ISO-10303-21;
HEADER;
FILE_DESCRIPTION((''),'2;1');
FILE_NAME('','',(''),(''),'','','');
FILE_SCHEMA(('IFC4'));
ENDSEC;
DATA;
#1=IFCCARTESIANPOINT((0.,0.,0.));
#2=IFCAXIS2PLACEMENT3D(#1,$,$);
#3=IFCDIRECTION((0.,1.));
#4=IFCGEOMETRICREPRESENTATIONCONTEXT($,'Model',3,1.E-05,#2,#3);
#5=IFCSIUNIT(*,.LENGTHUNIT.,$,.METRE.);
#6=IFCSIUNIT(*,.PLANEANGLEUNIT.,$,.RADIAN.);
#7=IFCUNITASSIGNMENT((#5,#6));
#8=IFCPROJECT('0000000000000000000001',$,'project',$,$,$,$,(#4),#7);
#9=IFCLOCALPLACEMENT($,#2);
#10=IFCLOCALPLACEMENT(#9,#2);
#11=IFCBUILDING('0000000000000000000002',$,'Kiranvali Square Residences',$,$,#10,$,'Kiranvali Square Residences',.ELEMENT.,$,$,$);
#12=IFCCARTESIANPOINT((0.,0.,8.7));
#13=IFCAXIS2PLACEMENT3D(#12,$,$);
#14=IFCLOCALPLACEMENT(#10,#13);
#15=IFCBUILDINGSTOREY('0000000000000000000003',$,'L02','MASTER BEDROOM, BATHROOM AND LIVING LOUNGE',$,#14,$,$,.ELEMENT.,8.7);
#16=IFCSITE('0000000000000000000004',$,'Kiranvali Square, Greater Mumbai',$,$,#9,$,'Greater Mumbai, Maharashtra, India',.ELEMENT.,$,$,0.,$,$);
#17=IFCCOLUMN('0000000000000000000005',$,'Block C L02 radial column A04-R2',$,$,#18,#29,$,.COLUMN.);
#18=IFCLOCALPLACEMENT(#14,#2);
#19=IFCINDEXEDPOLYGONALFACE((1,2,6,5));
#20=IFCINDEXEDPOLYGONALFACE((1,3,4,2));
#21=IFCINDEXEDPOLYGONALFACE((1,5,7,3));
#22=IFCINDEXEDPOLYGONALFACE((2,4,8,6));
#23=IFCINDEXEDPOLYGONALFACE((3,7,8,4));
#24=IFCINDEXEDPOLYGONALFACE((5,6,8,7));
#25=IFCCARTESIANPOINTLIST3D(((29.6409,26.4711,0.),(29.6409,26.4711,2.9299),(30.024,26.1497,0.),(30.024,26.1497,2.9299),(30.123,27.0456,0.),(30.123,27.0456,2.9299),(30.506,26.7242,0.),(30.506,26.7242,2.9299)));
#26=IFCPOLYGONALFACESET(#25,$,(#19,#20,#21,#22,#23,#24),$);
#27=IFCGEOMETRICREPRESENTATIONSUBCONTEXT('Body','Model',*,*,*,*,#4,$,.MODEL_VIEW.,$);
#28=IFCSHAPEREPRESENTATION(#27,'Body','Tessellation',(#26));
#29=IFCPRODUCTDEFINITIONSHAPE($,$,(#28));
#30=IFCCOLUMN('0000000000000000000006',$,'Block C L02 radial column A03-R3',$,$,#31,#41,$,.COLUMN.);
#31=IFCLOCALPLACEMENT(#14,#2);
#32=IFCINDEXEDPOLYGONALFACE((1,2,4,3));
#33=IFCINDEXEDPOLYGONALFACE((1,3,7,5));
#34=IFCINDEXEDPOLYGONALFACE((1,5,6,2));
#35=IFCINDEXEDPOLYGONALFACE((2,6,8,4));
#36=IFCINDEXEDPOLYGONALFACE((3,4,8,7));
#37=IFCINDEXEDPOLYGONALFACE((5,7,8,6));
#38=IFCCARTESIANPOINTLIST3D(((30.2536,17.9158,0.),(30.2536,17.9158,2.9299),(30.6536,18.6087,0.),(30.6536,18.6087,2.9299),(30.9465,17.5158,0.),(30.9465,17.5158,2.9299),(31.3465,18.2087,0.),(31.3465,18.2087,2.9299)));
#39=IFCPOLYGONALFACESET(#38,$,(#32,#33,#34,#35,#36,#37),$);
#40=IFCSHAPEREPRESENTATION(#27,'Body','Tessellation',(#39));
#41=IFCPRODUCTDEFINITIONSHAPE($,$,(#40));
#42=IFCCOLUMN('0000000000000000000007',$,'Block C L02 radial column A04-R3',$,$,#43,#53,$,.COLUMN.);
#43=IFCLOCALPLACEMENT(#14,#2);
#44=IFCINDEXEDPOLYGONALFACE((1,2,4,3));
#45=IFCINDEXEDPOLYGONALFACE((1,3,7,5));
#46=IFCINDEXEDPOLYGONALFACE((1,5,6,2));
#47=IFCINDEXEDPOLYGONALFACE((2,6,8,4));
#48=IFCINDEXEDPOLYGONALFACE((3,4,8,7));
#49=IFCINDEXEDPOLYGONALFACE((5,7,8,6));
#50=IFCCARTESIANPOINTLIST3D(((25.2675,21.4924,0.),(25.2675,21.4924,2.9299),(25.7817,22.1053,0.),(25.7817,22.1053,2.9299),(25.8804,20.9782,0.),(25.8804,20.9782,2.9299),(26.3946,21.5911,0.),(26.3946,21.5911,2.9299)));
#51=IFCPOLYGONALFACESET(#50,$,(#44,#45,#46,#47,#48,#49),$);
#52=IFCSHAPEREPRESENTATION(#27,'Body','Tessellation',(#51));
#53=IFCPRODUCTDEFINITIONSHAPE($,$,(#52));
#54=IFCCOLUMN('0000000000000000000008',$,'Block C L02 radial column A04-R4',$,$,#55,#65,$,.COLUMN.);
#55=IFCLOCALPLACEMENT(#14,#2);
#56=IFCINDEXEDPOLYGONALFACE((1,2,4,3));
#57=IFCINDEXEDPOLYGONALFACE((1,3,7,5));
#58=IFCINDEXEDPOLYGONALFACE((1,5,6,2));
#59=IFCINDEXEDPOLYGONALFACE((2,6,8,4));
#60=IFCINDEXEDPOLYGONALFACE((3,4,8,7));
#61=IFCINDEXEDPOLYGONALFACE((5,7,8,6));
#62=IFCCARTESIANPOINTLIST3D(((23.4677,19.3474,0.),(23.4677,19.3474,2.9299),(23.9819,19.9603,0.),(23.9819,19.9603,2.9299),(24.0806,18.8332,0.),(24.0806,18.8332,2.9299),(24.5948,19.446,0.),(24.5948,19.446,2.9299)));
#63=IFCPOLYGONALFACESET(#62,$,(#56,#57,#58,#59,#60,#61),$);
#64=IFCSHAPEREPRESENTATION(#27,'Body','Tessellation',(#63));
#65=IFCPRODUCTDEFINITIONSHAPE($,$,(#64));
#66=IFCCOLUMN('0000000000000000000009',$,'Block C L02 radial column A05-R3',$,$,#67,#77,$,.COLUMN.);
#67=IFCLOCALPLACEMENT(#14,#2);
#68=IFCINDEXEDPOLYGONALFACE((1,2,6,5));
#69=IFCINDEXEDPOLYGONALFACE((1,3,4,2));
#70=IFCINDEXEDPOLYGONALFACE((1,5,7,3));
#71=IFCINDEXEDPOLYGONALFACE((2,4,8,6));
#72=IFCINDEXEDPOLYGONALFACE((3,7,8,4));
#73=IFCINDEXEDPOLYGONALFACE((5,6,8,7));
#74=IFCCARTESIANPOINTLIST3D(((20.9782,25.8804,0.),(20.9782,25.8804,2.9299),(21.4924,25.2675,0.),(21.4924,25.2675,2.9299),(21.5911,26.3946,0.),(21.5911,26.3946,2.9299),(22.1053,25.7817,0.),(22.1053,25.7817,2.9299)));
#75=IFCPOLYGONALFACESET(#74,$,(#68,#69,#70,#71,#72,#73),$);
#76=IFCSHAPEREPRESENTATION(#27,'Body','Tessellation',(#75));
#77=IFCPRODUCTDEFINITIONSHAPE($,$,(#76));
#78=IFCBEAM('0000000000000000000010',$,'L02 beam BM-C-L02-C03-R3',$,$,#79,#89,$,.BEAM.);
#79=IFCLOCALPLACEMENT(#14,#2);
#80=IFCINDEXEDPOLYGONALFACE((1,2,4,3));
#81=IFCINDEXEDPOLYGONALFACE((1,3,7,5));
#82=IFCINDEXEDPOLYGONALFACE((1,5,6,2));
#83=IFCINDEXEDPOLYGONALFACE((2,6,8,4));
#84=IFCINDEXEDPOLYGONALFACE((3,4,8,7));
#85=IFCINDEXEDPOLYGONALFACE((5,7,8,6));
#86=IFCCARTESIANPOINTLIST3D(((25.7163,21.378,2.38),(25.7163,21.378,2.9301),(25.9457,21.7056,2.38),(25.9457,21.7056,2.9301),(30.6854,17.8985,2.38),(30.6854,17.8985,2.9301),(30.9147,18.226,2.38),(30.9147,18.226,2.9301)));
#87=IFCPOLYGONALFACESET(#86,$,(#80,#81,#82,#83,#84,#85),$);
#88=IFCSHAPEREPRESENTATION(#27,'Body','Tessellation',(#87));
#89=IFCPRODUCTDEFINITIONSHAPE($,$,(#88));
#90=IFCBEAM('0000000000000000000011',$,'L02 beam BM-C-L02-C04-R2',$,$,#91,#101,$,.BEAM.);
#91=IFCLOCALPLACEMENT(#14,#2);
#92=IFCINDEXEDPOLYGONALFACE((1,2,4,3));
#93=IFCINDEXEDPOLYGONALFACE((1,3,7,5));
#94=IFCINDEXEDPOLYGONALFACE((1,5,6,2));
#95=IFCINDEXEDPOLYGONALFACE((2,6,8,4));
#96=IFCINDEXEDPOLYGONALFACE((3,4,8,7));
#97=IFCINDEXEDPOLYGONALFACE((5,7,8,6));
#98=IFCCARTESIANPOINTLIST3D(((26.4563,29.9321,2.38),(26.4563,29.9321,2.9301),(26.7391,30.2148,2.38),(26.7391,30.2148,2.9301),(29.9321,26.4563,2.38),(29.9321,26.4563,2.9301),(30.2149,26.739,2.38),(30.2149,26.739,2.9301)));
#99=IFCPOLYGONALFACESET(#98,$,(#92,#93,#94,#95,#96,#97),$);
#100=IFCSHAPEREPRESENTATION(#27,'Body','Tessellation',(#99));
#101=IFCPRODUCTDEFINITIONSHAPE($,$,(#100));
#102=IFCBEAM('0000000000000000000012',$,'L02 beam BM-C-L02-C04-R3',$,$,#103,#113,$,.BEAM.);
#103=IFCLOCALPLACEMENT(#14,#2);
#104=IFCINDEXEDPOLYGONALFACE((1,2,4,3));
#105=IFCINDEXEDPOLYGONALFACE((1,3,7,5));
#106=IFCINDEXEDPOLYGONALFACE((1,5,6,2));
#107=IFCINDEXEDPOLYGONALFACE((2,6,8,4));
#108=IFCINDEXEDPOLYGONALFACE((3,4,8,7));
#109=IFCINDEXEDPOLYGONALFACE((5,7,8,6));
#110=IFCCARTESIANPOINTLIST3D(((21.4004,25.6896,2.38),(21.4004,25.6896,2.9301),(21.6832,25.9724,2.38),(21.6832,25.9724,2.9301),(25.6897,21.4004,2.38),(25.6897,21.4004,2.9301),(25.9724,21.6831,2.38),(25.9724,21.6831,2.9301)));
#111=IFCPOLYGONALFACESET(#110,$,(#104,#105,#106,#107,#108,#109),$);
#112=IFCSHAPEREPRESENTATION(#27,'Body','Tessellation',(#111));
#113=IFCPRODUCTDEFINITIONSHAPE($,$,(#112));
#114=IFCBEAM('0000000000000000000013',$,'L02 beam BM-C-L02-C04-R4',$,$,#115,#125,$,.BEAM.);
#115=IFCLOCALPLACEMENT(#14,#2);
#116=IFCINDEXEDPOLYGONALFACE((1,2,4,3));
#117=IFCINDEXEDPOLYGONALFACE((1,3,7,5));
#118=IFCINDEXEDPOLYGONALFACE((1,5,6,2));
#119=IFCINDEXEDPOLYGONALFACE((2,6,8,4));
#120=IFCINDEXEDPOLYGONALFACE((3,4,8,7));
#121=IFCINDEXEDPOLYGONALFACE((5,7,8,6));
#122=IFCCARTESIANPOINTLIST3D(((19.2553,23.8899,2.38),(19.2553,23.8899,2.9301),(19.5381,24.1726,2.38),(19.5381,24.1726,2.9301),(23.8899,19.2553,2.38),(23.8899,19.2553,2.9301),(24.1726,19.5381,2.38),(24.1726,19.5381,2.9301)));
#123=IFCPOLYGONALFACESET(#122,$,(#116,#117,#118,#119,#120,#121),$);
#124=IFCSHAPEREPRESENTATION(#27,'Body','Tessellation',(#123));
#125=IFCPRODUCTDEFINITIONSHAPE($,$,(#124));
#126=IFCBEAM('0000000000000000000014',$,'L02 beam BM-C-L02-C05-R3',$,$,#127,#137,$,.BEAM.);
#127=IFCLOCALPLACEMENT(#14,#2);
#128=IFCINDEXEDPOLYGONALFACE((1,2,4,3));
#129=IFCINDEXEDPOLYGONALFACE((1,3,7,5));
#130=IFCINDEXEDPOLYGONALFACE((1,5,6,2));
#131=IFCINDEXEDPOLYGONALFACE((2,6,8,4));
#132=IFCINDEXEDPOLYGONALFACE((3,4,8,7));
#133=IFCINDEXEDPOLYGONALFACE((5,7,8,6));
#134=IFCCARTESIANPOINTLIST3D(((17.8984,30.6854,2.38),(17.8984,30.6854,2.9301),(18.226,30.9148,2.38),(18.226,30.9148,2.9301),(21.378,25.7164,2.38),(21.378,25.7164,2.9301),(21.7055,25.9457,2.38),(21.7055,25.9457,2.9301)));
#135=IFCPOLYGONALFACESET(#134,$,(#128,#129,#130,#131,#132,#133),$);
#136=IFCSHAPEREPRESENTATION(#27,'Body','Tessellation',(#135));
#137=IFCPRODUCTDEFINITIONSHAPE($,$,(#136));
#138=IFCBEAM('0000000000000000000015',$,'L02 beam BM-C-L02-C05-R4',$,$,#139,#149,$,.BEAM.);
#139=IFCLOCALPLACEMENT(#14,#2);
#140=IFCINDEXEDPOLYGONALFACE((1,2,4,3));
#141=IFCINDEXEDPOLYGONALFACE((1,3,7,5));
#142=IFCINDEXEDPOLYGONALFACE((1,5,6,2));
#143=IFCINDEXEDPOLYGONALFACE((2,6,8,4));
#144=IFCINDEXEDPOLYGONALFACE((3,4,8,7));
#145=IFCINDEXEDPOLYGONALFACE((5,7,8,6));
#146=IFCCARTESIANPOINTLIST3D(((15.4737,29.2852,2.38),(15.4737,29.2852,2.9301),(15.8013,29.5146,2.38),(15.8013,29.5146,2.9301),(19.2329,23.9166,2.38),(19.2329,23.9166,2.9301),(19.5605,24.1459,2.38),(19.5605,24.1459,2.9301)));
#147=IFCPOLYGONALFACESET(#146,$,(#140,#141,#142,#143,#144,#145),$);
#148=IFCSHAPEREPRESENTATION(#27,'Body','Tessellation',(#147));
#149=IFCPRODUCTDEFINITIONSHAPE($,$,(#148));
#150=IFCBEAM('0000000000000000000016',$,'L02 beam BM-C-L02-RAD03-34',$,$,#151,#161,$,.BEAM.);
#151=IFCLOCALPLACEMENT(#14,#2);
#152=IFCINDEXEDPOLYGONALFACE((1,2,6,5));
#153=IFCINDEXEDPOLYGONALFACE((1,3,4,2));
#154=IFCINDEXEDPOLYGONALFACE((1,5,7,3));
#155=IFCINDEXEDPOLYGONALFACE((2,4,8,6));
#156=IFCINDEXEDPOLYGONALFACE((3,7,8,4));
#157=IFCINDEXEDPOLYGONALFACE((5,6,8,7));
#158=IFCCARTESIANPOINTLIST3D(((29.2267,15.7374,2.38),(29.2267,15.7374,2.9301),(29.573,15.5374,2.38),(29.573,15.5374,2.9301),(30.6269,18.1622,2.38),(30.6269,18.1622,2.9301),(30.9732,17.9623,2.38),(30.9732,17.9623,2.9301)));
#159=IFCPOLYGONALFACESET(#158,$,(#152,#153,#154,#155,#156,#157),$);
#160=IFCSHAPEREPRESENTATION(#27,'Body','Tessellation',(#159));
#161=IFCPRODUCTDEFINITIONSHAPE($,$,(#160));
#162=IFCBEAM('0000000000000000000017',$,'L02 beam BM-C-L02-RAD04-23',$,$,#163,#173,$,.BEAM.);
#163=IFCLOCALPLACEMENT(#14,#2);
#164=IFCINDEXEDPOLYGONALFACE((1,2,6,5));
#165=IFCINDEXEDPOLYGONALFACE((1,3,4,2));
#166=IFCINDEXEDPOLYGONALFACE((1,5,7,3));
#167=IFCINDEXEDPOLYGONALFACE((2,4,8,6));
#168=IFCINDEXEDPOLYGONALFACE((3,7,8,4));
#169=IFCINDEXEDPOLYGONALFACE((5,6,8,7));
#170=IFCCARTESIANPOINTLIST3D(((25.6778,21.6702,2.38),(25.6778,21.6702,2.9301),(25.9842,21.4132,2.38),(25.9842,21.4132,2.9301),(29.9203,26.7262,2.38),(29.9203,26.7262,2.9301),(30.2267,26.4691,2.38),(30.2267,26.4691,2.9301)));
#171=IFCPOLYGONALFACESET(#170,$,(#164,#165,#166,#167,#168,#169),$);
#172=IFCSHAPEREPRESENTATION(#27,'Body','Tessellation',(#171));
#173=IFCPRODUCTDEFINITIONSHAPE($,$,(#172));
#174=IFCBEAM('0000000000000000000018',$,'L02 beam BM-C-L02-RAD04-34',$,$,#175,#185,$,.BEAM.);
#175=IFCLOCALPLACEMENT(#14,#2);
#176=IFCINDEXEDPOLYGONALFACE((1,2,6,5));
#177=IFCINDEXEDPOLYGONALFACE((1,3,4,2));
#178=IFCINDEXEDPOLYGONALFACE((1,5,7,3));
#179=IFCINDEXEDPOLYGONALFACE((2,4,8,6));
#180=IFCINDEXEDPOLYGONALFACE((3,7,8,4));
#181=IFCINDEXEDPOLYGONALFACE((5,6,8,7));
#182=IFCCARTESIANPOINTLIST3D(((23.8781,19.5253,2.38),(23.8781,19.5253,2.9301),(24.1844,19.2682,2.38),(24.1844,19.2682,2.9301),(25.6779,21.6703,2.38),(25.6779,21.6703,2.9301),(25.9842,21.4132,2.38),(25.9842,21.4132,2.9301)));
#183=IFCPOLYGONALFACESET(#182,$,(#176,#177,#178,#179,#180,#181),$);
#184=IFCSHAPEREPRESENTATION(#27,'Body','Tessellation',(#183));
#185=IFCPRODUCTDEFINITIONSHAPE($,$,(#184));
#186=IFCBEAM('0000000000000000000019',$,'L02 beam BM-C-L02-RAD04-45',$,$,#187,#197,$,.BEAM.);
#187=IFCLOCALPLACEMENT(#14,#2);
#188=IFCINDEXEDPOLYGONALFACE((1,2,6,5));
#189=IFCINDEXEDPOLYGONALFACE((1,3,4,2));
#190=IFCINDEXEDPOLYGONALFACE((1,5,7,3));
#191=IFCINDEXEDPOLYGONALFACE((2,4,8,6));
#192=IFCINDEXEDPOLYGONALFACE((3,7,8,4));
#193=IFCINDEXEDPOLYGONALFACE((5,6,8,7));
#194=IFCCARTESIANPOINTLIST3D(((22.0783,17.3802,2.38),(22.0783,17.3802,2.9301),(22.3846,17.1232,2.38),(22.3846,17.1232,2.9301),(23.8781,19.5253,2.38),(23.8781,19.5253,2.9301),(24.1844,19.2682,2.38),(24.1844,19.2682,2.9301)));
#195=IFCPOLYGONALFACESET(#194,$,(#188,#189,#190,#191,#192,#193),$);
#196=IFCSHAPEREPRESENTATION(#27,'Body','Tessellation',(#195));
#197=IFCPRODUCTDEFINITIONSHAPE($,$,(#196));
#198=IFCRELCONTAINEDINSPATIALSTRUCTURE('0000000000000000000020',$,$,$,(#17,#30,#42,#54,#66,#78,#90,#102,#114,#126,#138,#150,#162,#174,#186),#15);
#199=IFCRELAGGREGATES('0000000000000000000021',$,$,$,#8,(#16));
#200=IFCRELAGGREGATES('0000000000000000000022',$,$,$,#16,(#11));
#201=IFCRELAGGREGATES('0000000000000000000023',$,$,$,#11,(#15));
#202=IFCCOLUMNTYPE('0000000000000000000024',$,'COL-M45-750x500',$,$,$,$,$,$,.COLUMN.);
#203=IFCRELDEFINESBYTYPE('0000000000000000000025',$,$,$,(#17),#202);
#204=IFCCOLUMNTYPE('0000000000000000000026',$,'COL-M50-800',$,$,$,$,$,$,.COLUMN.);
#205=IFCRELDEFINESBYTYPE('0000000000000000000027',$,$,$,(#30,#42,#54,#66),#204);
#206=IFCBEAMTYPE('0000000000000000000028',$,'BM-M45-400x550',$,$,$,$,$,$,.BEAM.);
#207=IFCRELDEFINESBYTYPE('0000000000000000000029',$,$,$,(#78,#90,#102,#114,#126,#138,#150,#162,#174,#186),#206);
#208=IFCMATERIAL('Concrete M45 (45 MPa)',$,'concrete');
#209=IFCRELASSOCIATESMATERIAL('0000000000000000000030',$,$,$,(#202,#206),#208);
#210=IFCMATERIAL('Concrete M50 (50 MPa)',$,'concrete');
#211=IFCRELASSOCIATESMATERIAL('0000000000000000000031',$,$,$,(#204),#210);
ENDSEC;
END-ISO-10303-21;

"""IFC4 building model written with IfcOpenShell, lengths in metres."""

from ifc_helpers import new_model, si_unit, direction, frame, origin, origin_2d, place, context, subcontext, project, spatial, rectangle, extrude, material, material_profile, profile_set, type_object, element, save


model = new_model("IFC4")

# Units and contexts
model_context = context("Model", 3, precision=1e-05, world=origin(), true_north=direction((0.0, 1.0)))
body_context = subcontext(model_context, "Body", "Model", "MODEL_VIEW")
ifc_project = project(units=[si_unit("LENGTHUNIT", "METRE"), si_unit("PLANEANGLEUNIT", "RADIAN")], contexts=[model_context])

# Site, building, storey
site_placement = place(None, origin())
site = spatial("IfcSite", under=ifc_project, at=site_placement, Name="Kiranvali Square, Greater Mumbai", LongName="Greater Mumbai, Maharashtra, India", CompositionType="ELEMENT", RefElevation=0.0)
building_placement = place(site_placement, origin())
building = spatial("IfcBuilding", under=site, at=building_placement, Name="Kiranvali Square Residences", LongName="Kiranvali Square Residences", CompositionType="ELEMENT")
storey_placement = place(building_placement, frame((0.0, 0.0, 8.7)))
storey = spatial("IfcBuildingStorey", under=building, at=storey_placement, Name="L02", Description="MASTER BEDROOM, BATHROOM AND LIVING LOUNGE", CompositionType="ELEMENT", Elevation=8.7)

# Columns
ifc_material_1 = material(Name="Concrete M45 (45 MPa)", Category="concrete")
ifc_material_profile_1 = material_profile(ifc_material_1, rectangle(XDim=0.5, YDim=0.75, at=origin_2d()), Name="RC 750x500")
ifc_profile_set_1 = profile_set([ifc_material_profile_1], Name="Concrete M45 (45 MPa)")
column_type_1 = type_object("IfcColumnType", Name="COL-M45-750x500", PredefinedType="COLUMN", material=ifc_profile_set_1)
column_placement = place(storey_placement, frame((30.0735, 26.5977, 0.0), z_axis=(0.0, 0.0, 1.0), x_axis=(-0.766044, 0.642788, 0.0)))
element("IfcColumn", 1, at=column_placement, inside=storey, type_object=column_type_1, Name="Block C L02 radial column A04-R2", PredefinedType="COLUMN", context=body_context, shape_type="SweptSolid", body=[
    extrude(rectangle(XDim=0.5, YDim=0.75, at=origin_2d()), origin(), (0.0, 0.0, 1.0), 2.9299),
])
ifc_material_2 = material(Name="Concrete M50 (50 MPa)", Category="concrete")
ifc_material_profile_2 = material_profile(ifc_material_2, rectangle(XDim=0.8, YDim=0.8, at=origin_2d()), Name="RC 800x800")
ifc_profile_set_2 = profile_set([ifc_material_profile_2], Name="Concrete M50 (50 MPa)")
column_type_2 = type_object("IfcColumnType", Name="COL-M50-800", PredefinedType="COLUMN", material=ifc_profile_set_2)
for number, where, z_axis, x_axis, name in (
    (2, (30.8, 18.0623, 0.0), (0.0, 0.0, 1.0), (-0.866025, 0.5, 0.0), "Block C L02 radial column A03-R3"),
    (3, (25.8311, 21.5417, 0.0), (0.0, 0.0, 1.0), (-0.766044, 0.642788, 0.0), "Block C L02 radial column A04-R3"),
    (4, (24.0312, 19.3967, 0.0), (0.0, 0.0, 1.0), (-0.766044, 0.642788, 0.0), "Block C L02 radial column A04-R4"),
    (5, (21.5417, 25.8311, 0.0), (0.0, 0.0, 1.0), (-0.642788, 0.766044, 0.0), "Block C L02 radial column A05-R3"),
):
    element("IfcColumn", number, at=place(storey_placement, frame(where, z_axis=z_axis, x_axis=x_axis)), inside=storey, type_object=column_type_2, Name=name, PredefinedType="COLUMN", context=body_context, shape_type="SweptSolid", body=[
        extrude(rectangle(XDim=0.8, YDim=0.8, at=origin_2d()), origin(), (0.0, 0.0, 1.0), 2.9299),
    ])

# Beams
ifc_material_profile_3 = material_profile(ifc_material_1, rectangle(XDim=0.3999, YDim=0.55, at=origin_2d()), Name="RC 400x550")
ifc_profile_set_3 = profile_set([ifc_material_profile_3], Name="Concrete M45 (45 MPa)")
beam_type = type_object("IfcBeamType", Name="BM-M45-400x550", PredefinedType="BEAM", material=ifc_profile_set_3)
beam_1_placement = place(storey_placement, frame((30.8, 18.0623, 2.655), z_axis=(-0.819139, 0.573595, 0.0), x_axis=(-0.573595, -0.819139, 0.0)))
element("IfcBeam", 6, at=beam_1_placement, inside=storey, type_object=beam_type, Name="L02 beam BM-C-L02-C03-R3", PredefinedType="BEAM", context=body_context, shape_type="SweptSolid", body=[
    extrude(rectangle(XDim=0.3999, YDim=0.55, at=origin_2d()), origin(), (0.0, 0.0, 1.0), 6.0662),
])
beam_2_placement = place(storey_placement, frame((30.0735, 26.5977, 2.655), z_axis=(-0.707107, 0.707107, 0.0), x_axis=(-0.707107, -0.707107, 0.0)))
element("IfcBeam", 7, at=beam_2_placement, inside=storey, type_object=beam_type, Name="L02 beam BM-C-L02-C04-R2", PredefinedType="BEAM", context=body_context, shape_type="SweptSolid", body=[
    extrude(rectangle(XDim=0.3999, YDim=0.55, at=origin_2d()), origin(), (0.0, 0.0, 1.0), 4.9155),
])
beam_3_placement = place(storey_placement, frame((25.8311, 21.5417, 2.655), z_axis=(-0.707107, 0.707107, 0.0), x_axis=(-0.707107, -0.707107, 0.0)))
element("IfcBeam", 8, at=beam_3_placement, inside=storey, type_object=beam_type, Name="L02 beam BM-C-L02-C04-R3", PredefinedType="BEAM", context=body_context, shape_type="SweptSolid", body=[
    extrude(rectangle(XDim=0.3999, YDim=0.55, at=origin_2d()), origin(), (0.0, 0.0, 1.0), 6.0659),
])
beam_4_placement = place(storey_placement, frame((24.0312, 19.3967, 2.655), z_axis=(-0.707107, 0.707107, 0.0), x_axis=(-0.707107, -0.707107, 0.0)))
element("IfcBeam", 9, at=beam_4_placement, inside=storey, type_object=beam_type, Name="L02 beam BM-C-L02-C04-R4", PredefinedType="BEAM", context=body_context, shape_type="SweptSolid", body=[
    extrude(rectangle(XDim=0.3999, YDim=0.55, at=origin_2d()), origin(), (0.0, 0.0, 1.0), 6.5542),
])
beam_5_placement = place(storey_placement, frame((21.5417, 25.8311, 2.655), z_axis=(-0.573595, 0.819139, 0.0), x_axis=(-0.819139, -0.573595, 0.0)))
element("IfcBeam", 10, at=beam_5_placement, inside=storey, type_object=beam_type, Name="L02 beam BM-C-L02-C05-R3", PredefinedType="BEAM", context=body_context, shape_type="SweptSolid", body=[
    extrude(rectangle(XDim=0.3999, YDim=0.55, at=origin_2d()), origin(), (0.0, 0.0, 1.0), 6.0662),
])
beam_6_placement = place(storey_placement, frame((19.3967, 24.0312, 2.655), z_axis=(-0.573587, 0.819144, 0.0), x_axis=(-0.819144, -0.573587, 0.0)))
element("IfcBeam", 11, at=beam_6_placement, inside=storey, type_object=beam_type, Name="L02 beam BM-C-L02-C05-R4", PredefinedType="BEAM", context=body_context, shape_type="SweptSolid", body=[
    extrude(rectangle(XDim=0.3999, YDim=0.55, at=origin_2d()), origin(), (0.0, 0.0, 1.0), 6.554),
])
beam_7_placement = place(storey_placement, frame((30.8, 18.0623, 2.655), z_axis=(-0.50005, -0.865997, 0.0), x_axis=(0.865997, -0.50005, 0.0)))
element("IfcBeam", 12, at=beam_7_placement, inside=storey, type_object=beam_type, Name="L02 beam BM-C-L02-RAD03-34", PredefinedType="BEAM", context=body_context, shape_type="SweptSolid", body=[
    extrude(rectangle(XDim=0.3999, YDim=0.55, at=origin_2d()), origin(), (0.0, 0.0, 1.0), 2.8),
])
beam_8_placement = place(storey_placement, frame((30.0735, 26.5977, 2.655), z_axis=(-0.642789, -0.766043, 0.0), x_axis=(0.766043, -0.642789, 0.0)))
element("IfcBeam", 13, at=beam_8_placement, inside=storey, type_object=beam_type, Name="L02 beam BM-C-L02-RAD04-23", PredefinedType="BEAM", context=body_context, shape_type="SweptSolid", body=[
    extrude(rectangle(XDim=0.3999, YDim=0.55, at=origin_2d()), origin(), (0.0, 0.0, 1.0), 6.6001),
])
for number, where, z_axis, x_axis, name in (
    (14, (25.8311, 21.5417, 2.655), (-0.642771, -0.766059, 0.0), (0.766059, -0.642771, 0.0), "L02 beam BM-C-L02-RAD04-34"),
    (15, (24.0312, 19.3967, 2.655), (-0.642771, -0.766059, 0.0), (0.766059, -0.642771, 0.0), "L02 beam BM-C-L02-RAD04-45"),
):
    element("IfcBeam", number, at=place(storey_placement, frame(where, z_axis=z_axis, x_axis=x_axis)), inside=storey, type_object=beam_type, Name=name, PredefinedType="BEAM", context=body_context, shape_type="SweptSolid", body=[
        extrude(rectangle(XDim=0.3999, YDim=0.55, at=origin_2d()), origin(), (0.0, 0.0, 1.0), 2.8),
    ])

save(model, "model.ifc")
